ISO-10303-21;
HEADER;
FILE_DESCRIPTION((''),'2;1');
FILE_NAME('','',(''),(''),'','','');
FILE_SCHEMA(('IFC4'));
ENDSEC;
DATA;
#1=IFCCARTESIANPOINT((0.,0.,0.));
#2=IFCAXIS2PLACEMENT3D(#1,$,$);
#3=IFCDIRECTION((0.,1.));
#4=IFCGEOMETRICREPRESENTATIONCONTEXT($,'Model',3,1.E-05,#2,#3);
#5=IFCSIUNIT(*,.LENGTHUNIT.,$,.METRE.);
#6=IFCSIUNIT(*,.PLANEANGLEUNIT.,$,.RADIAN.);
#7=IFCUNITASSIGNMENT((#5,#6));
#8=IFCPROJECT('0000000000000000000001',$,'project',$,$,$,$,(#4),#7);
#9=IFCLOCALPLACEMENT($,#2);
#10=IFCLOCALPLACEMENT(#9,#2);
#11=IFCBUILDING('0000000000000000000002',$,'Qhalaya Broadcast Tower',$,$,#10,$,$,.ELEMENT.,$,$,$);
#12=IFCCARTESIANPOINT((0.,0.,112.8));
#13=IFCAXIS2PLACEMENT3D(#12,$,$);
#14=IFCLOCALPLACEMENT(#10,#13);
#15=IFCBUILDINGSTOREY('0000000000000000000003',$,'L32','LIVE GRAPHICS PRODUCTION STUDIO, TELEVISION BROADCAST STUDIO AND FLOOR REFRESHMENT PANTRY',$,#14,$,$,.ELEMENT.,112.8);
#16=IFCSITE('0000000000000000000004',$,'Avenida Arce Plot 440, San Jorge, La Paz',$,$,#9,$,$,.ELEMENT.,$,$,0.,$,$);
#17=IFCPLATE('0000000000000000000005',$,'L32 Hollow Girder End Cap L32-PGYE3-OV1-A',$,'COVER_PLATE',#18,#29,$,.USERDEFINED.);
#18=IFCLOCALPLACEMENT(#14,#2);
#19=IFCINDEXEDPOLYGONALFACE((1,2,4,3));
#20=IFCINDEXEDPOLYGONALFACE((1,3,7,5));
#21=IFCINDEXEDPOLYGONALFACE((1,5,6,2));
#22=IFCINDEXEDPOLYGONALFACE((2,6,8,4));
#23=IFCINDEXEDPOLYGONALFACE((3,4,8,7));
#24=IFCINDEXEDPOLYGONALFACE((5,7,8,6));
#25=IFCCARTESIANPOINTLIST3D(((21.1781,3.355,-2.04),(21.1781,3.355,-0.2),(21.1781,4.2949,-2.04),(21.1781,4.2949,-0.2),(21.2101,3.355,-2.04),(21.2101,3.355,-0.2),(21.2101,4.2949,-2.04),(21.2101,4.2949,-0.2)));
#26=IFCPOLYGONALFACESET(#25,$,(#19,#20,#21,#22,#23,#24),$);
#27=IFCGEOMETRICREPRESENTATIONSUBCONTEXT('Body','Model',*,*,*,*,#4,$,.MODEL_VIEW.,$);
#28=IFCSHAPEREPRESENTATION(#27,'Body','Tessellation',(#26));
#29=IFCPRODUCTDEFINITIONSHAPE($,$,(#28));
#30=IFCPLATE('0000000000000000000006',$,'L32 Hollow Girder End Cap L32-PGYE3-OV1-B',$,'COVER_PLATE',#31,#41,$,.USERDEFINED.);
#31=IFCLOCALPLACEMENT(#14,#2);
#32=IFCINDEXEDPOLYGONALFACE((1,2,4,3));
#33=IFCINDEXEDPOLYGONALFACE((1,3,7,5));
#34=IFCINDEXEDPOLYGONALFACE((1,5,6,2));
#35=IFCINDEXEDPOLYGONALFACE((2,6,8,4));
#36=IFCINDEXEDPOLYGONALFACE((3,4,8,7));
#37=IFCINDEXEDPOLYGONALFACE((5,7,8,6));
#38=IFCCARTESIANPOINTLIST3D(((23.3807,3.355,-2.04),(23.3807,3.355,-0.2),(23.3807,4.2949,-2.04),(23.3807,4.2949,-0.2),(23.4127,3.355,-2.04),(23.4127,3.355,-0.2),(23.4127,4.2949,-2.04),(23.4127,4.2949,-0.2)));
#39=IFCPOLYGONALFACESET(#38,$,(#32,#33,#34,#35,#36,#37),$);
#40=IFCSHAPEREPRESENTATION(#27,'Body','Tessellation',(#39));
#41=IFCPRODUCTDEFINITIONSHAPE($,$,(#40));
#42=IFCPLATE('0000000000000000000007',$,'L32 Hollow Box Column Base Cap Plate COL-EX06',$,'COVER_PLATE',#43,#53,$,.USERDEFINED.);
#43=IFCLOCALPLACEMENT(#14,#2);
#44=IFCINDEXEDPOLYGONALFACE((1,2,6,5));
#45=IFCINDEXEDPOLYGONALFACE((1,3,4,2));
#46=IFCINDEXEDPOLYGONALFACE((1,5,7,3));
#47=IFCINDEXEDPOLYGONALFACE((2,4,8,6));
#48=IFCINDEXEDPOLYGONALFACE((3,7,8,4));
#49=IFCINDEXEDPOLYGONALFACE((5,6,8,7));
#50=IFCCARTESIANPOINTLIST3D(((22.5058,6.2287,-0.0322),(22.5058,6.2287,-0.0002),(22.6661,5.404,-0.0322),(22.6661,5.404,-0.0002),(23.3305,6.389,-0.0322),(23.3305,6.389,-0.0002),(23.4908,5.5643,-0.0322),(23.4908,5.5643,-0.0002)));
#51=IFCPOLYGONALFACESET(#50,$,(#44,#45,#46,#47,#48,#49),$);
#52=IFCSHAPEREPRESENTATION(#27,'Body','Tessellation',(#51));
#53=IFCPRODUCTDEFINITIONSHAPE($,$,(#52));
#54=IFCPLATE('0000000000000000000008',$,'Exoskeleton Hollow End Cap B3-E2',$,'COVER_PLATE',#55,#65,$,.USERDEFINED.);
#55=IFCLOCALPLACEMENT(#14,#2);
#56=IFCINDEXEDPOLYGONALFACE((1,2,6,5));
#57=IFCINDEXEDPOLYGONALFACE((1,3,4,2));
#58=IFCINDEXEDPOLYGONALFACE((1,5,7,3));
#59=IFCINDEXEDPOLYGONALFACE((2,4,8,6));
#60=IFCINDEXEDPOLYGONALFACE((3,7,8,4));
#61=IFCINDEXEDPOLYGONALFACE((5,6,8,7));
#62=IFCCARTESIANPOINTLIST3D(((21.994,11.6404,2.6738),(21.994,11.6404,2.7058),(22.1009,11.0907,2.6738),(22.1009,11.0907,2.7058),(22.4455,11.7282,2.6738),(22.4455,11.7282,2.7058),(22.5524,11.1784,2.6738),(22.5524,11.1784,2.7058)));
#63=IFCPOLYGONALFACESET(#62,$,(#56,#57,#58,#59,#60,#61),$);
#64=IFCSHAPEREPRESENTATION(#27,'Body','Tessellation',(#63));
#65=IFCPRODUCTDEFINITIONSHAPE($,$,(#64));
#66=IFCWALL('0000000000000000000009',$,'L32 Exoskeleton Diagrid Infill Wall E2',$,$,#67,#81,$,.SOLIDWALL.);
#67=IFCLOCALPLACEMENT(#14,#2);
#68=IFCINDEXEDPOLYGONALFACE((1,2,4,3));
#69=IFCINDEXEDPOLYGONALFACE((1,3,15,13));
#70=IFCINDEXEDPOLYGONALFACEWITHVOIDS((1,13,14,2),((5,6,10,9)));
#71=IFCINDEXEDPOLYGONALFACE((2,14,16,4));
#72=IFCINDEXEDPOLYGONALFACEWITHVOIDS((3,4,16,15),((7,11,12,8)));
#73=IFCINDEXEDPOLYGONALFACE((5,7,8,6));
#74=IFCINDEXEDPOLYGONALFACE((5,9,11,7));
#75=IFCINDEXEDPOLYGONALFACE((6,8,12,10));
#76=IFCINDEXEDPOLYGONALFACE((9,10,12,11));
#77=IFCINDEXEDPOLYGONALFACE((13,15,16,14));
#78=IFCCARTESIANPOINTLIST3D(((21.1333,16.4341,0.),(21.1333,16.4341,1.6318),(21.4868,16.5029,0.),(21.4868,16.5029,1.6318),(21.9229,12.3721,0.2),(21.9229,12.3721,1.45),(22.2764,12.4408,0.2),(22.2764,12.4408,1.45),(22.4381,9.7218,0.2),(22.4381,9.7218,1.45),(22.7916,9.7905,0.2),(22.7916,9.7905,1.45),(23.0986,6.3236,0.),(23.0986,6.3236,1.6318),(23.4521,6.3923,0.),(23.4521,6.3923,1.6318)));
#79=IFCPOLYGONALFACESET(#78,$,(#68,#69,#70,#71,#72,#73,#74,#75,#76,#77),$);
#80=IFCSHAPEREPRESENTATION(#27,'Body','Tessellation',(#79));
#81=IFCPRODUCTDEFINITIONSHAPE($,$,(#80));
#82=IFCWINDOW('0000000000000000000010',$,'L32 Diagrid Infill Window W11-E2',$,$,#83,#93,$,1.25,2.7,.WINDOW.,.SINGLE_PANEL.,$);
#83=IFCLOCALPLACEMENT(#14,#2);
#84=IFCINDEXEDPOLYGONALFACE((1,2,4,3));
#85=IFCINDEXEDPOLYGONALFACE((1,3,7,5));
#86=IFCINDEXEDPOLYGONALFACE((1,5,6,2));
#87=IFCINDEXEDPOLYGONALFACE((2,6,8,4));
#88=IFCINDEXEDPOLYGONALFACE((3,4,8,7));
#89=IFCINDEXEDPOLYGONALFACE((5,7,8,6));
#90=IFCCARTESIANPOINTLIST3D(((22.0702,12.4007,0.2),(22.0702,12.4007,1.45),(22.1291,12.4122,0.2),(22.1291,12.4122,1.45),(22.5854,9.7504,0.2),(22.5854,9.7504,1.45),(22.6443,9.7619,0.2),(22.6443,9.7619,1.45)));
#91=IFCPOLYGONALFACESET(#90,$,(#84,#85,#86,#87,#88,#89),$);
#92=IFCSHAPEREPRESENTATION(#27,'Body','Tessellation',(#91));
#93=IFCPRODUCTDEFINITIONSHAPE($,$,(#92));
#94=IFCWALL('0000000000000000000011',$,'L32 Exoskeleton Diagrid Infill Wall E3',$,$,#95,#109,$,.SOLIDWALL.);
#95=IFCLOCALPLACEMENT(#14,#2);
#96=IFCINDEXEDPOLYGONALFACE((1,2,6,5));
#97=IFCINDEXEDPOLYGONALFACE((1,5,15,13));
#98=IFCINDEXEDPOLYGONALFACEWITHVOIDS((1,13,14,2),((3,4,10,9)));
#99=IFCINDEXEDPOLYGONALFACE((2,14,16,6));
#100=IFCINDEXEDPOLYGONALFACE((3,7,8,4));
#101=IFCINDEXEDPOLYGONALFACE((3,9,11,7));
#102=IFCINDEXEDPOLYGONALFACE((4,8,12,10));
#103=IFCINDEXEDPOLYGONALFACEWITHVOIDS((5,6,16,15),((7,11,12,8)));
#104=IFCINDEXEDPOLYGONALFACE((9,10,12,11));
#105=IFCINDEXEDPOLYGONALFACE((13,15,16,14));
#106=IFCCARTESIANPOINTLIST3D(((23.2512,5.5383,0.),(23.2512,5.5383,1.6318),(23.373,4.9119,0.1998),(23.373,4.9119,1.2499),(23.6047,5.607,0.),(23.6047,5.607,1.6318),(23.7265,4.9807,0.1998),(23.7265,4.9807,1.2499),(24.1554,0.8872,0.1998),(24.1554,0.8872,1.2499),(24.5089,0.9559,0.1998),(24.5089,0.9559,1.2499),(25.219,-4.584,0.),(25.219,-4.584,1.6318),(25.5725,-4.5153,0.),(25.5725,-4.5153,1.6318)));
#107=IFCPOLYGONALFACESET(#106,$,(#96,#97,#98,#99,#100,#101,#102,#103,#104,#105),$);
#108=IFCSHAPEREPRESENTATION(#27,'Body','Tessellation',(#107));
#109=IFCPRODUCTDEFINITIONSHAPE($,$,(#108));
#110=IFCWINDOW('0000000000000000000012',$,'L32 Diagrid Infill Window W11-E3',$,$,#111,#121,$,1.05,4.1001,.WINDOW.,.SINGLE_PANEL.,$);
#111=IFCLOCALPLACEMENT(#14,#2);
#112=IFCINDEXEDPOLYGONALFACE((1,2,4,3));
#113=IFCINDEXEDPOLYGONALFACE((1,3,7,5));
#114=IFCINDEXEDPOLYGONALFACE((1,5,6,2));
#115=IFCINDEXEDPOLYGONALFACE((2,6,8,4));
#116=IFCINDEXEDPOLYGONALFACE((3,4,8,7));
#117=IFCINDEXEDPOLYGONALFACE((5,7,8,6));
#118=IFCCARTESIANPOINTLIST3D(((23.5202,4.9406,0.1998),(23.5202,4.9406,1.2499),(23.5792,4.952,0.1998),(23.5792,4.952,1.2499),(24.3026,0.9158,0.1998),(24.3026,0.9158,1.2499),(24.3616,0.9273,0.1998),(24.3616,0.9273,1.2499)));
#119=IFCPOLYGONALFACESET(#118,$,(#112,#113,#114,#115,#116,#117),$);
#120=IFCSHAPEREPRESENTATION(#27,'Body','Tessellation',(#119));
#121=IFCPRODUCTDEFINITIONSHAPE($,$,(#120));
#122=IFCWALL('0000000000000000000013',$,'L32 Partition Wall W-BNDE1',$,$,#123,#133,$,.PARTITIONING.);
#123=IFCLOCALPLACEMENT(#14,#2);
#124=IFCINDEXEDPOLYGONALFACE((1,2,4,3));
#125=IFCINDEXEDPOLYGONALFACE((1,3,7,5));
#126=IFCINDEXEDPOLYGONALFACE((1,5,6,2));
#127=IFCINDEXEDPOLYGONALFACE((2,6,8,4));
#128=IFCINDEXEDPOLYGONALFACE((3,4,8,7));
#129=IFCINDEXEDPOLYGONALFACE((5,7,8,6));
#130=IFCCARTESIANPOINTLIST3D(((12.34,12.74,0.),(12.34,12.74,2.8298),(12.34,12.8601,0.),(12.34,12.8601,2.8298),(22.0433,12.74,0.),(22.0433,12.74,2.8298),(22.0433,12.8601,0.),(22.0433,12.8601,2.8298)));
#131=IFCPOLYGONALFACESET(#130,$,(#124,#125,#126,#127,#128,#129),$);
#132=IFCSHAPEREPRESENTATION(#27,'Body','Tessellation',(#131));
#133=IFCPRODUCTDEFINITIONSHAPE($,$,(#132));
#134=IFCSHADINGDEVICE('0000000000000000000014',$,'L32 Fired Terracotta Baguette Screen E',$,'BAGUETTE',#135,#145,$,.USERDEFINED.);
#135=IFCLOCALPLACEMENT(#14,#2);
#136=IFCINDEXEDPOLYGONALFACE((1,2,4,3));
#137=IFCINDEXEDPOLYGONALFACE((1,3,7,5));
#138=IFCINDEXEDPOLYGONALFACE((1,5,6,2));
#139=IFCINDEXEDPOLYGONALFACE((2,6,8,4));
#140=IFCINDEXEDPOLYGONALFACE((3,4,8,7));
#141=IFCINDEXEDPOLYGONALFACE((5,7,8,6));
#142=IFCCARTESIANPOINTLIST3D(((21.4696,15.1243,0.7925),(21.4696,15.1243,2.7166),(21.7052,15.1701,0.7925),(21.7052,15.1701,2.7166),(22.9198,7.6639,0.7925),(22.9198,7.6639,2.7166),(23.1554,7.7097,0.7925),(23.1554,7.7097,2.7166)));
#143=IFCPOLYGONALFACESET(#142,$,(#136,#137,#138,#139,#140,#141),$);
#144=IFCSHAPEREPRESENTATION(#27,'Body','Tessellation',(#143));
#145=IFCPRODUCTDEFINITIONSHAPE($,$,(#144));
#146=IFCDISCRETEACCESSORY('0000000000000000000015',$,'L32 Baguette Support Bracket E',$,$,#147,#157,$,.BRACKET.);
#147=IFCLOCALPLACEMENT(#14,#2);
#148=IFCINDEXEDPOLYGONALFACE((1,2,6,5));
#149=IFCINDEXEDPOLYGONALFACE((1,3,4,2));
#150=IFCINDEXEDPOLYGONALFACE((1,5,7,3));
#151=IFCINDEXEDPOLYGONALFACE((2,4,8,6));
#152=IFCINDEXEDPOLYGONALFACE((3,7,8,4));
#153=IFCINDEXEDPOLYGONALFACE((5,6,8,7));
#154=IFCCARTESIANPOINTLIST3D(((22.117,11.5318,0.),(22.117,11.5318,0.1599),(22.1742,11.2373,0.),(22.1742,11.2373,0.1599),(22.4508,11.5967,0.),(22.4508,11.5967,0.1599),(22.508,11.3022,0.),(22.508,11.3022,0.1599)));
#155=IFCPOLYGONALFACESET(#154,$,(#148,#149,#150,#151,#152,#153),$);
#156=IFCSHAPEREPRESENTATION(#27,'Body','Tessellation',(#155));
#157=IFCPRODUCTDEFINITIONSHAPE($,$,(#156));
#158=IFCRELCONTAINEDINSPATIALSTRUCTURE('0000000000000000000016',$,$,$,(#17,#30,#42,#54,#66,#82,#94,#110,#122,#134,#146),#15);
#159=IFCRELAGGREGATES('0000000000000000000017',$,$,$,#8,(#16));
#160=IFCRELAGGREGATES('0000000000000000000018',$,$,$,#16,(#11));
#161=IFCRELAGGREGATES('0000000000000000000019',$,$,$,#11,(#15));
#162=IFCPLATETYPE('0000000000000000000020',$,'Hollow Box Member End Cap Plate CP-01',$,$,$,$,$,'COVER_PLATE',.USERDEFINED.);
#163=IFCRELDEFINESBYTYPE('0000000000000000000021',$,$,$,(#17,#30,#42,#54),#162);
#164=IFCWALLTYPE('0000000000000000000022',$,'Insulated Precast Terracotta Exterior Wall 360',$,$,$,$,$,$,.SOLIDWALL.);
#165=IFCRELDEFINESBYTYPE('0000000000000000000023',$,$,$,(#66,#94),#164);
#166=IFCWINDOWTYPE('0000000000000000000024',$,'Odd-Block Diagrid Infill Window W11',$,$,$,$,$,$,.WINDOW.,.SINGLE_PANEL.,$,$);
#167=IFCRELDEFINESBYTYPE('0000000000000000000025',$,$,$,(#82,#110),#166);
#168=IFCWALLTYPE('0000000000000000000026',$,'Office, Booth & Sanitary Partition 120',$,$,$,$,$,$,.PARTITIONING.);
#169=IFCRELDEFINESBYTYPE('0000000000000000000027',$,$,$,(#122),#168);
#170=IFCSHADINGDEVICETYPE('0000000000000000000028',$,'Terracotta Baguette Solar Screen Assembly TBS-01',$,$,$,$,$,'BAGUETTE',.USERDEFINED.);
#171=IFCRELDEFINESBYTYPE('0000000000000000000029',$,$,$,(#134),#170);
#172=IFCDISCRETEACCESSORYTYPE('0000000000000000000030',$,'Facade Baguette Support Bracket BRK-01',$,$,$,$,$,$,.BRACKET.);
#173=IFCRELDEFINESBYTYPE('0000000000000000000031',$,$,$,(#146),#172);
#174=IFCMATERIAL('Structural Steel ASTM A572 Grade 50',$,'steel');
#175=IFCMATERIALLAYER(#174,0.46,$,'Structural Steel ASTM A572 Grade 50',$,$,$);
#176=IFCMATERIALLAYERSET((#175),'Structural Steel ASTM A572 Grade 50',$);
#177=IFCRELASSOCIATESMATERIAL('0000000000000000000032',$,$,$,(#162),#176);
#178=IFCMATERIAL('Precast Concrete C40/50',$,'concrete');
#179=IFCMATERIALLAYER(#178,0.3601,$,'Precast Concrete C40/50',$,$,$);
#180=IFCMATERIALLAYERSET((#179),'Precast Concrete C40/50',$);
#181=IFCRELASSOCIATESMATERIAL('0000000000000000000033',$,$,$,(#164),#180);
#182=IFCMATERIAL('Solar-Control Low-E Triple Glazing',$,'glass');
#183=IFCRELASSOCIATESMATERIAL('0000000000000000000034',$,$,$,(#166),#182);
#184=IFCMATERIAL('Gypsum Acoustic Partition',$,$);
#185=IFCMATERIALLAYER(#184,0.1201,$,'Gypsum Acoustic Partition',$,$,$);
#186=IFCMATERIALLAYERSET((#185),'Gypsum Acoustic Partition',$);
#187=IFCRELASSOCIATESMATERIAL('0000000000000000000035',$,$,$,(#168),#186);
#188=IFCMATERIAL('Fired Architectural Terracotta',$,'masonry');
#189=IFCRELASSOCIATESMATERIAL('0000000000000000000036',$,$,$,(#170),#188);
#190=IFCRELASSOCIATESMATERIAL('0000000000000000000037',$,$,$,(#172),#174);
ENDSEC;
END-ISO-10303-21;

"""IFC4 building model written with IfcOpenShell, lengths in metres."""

from ifc_helpers import new_model, si_unit, direction, frame, frame_2d, origin, origin_2d, place, context, subcontext, project, spatial, rectangle, extrude, material, layer, layer_set, type_object, element, fill, save


model = new_model("IFC4")

# Units and contexts
model_context = context("Model", 3, precision=1e-05, world=origin(), true_north=direction((0.0, 1.0)))
body_context = subcontext(model_context, "Body", "Model", "MODEL_VIEW")
ifc_project = project(units=[si_unit("LENGTHUNIT", "METRE"), si_unit("PLANEANGLEUNIT", "RADIAN")], contexts=[model_context])

# Site, building, storey
site_placement = place(None, origin())
site = spatial("IfcSite", under=ifc_project, at=site_placement, Name="Avenida Arce Plot 440, San Jorge, La Paz", CompositionType="ELEMENT", RefElevation=0.0)
building_placement = place(site_placement, origin())
building = spatial("IfcBuilding", under=site, at=building_placement, Name="Qhalaya Broadcast Tower", CompositionType="ELEMENT")
storey_placement = place(building_placement, frame((0.0, 0.0, 112.8)))
storey = spatial("IfcBuildingStorey", under=building, at=storey_placement, Name="L32", Description="LIVE GRAPHICS PRODUCTION STUDIO, TELEVISION BROADCAST STUDIO AND FLOOR REFRESHMENT PANTRY", CompositionType="ELEMENT", Elevation=112.8)

# Shared definitions
ifc_material_1 = material(Name="Structural Steel ASTM A572 Grade 50", Category="steel")

# Plates
ifc_layer_1 = layer(ifc_material_1, 0.46, Name="Structural Steel ASTM A572 Grade 50")
ifc_layer_set_1 = layer_set([ifc_layer_1], Name="Structural Steel ASTM A572 Grade 50")
plate_type_1 = type_object("IfcPlateType", Name="Hollow Box Member End Cap Plate CP-01", ElementType="COVER_PLATE", PredefinedType="USERDEFINED", material=ifc_layer_set_1)
for number, where, z_axis, x_axis, name in (
    (1, (21.1941, 3.825, -2.04), (0.0, 0.0, 1.0), (0.0, 1.0, 0.0), "L32 Hollow Girder End Cap L32-PGYE3-OV1-A"),
    (2, (23.3967, 3.825, -2.04), (0.0, 0.0, 1.0), (0.0, 1.0, 0.0), "L32 Hollow Girder End Cap L32-PGYE3-OV1-B"),
):
    element("IfcPlate", number, at=place(storey_placement, frame(where, z_axis=z_axis, x_axis=x_axis)), inside=storey, type_object=plate_type_1, Name=name, ObjectType="COVER_PLATE", PredefinedType="USERDEFINED", context=body_context, shape_type="SweptSolid", body=[
        extrude(rectangle(XDim=0.9399, YDim=0.032, at=origin_2d()), origin(), (0.0, 0.0, 1.0), 1.8401),
    ])
plate_1_placement = place(storey_placement, frame((22.9983, 5.8965, -0.0322), z_axis=(0.0, 0.0, 1.0), x_axis=(-0.190809, 0.981627, 0.0)))
element("IfcPlate", 3, at=plate_1_placement, inside=storey, type_object=plate_type_1, Name="L32 Hollow Box Column Base Cap Plate COL-EX06", ObjectType="COVER_PLATE", PredefinedType="USERDEFINED", context=body_context, shape_type="SweptSolid", body=[
    extrude(rectangle(XDim=0.8401, YDim=0.8401, at=origin_2d()), origin(), (0.0, 0.0, 1.0), 0.032),
])
plate_2_placement = place(storey_placement, frame((22.2732, 11.4094, 2.6738), z_axis=(0.0, 0.0, 1.0), x_axis=(-0.190809, 0.981627, 0.0)))
element("IfcPlate", 4, at=plate_2_placement, inside=storey, type_object=plate_type_1, Name="Exoskeleton Hollow End Cap B3-E2", ObjectType="COVER_PLATE", PredefinedType="USERDEFINED", context=body_context, shape_type="SweptSolid", body=[
    extrude(rectangle(XDim=0.5601, YDim=0.46, at=origin_2d()), origin(), (0.0, 0.0, 1.0), 0.032),
])

# Walls, openings, windows
ifc_material_2 = material(Name="Precast Concrete C40/50", Category="concrete")
ifc_layer_2 = layer(ifc_material_2, 0.3601, Name="Precast Concrete C40/50")
ifc_layer_set_2 = layer_set([ifc_layer_2], Name="Precast Concrete C40/50")
wall_type_1 = type_object("IfcWallType", Name="Insulated Precast Terracotta Exterior Wall 360", PredefinedType="SOLIDWALL", material=ifc_layer_set_2)
wall_1_placement = place(storey_placement, frame((21.3101, 16.4685, 0.0), z_axis=(0.0, 0.0, 1.0), x_axis=(0.190812, -0.981627, 0.0)))
wall_1 = element("IfcWall", 5, at=wall_1_placement, inside=storey, type_object=wall_type_1, Name="L32 Exoskeleton Diagrid Infill Wall E2", PredefinedType="SOLIDWALL", context=body_context, shape_type="SweptSolid", body=[
    extrude(rectangle(XDim=10.2998, YDim=0.3601, at=frame_2d((5.1499, 0.0))), origin(), (0.0, 0.0, 1.0), 1.6318),
])
opening_1_placement = place(wall_1_placement, frame((4.1379, 0.0, 0.2)))
opening_1 = element("IfcOpeningElement", 6, at=opening_1_placement, cuts=wall_1, PredefinedType="OPENING", context=body_context, shape_type="SweptSolid", body=[
    extrude(rectangle(XDim=2.7, YDim=1.25, at=frame_2d((1.3501, 0.625))), frame((0.0, 0.1921, 0.0), z_axis=(0.0, -1.0, 0.0), x_axis=(1.0, 0.0, 0.0)), (0.0, 0.0, 1.0), 0.384),
])
ifc_material_3 = material(Name="Solar-Control Low-E Triple Glazing", Category="glass")
window_type = type_object("IfcWindowType", Name="Odd-Block Diagrid Infill Window W11", PartitioningType="SINGLE_PANEL", PredefinedType="WINDOW", material=ifc_material_3)
window_1_placement = place(opening_1_placement, origin())
window_1 = element("IfcWindow", 7, at=window_1_placement, inside=storey, type_object=window_type, Name="L32 Diagrid Infill Window W11-E2", OverallHeight=1.25, OverallWidth=2.7, PartitioningType="SINGLE_PANEL", PredefinedType="WINDOW", context=body_context, shape_type="SweptSolid", body=[
    extrude(rectangle(XDim=2.7, YDim=1.25, at=frame_2d((1.3501, 0.625))), frame((0.0, 0.03, 0.0), z_axis=(0.0, -1.0, 0.0), x_axis=(1.0, 0.0, 0.0)), (0.0, 0.0, 1.0), 0.0601),
])
fill(opening_1, window_1)
wall_2_placement = place(storey_placement, frame((23.428, 5.5725, 0.0), z_axis=(0.0, 0.0, 1.0), x_axis=(0.190827, -0.981624, 0.0)))
wall_2 = element("IfcWall", 8, at=wall_2_placement, inside=storey, type_object=wall_type_1, Name="L32 Exoskeleton Diagrid Infill Wall E3", PredefinedType="SOLIDWALL", context=body_context, shape_type="SweptSolid", body=[
    extrude(rectangle(XDim=10.3118, YDim=0.3601, at=frame_2d((5.1558, 0.0))), origin(), (0.0, 0.0, 1.0), 1.6318),
])
opening_2_placement = place(wall_2_placement, frame((0.6379, 0.0, 0.2)))
opening_2 = element("IfcOpeningElement", 9, at=opening_2_placement, cuts=wall_2, PredefinedType="OPENING", context=body_context, shape_type="SweptSolid", body=[
    extrude(rectangle(XDim=4.1001, YDim=1.05, at=frame_2d((2.05, 0.5249))), frame((0.0, 0.1921, 0.0), z_axis=(0.0, -1.0, 0.0), x_axis=(1.0, 0.0, 0.0)), (0.0, 0.0, 1.0), 0.384),
])
window_2_placement = place(opening_2_placement, origin())
window_2 = element("IfcWindow", 10, at=window_2_placement, inside=storey, type_object=window_type, Name="L32 Diagrid Infill Window W11-E3", OverallHeight=1.05, OverallWidth=4.1001, PartitioningType="SINGLE_PANEL", PredefinedType="WINDOW", context=body_context, shape_type="SweptSolid", body=[
    extrude(rectangle(XDim=4.1001, YDim=1.05, at=frame_2d((2.05, 0.5249))), frame((0.0, 0.03, 0.0), z_axis=(0.0, -1.0, 0.0), x_axis=(1.0, 0.0, 0.0)), (0.0, 0.0, 1.0), 0.0601),
])
fill(opening_2, window_2)

# Wall
ifc_material_4 = material(Name="Gypsum Acoustic Partition")
ifc_layer_3 = layer(ifc_material_4, 0.1201, Name="Gypsum Acoustic Partition")
ifc_layer_set_3 = layer_set([ifc_layer_3], Name="Gypsum Acoustic Partition")
wall_type_2 = type_object("IfcWallType", Name="Office, Booth & Sanitary Partition 120", PredefinedType="PARTITIONING", material=ifc_layer_set_3)
wall_3_placement = place(storey_placement, frame((12.3401, 12.8, 0.0), z_axis=(0.0, 0.0, 1.0), x_axis=(1.0, 0.0, 0.0)))
element("IfcWall", 11, at=wall_3_placement, inside=storey, type_object=wall_type_2, Name="L32 Partition Wall W-BNDE1", PredefinedType="PARTITIONING", context=body_context, shape_type="SweptSolid", body=[
    extrude(rectangle(XDim=9.7034, YDim=0.1201, at=frame_2d((4.8516, 0.0))), origin(), (0.0, 0.0, 1.0), 2.8298),
])

# Shading device
ifc_material_5 = material(Name="Fired Architectural Terracotta", Category="masonry")
shading_device_type = type_object("IfcShadingDeviceType", Name="Terracotta Baguette Solar Screen Assembly TBS-01", ElementType="BAGUETTE", PredefinedType="USERDEFINED", material=ifc_material_5)
shading_device_placement = place(storey_placement, frame((22.3125, 11.417, 0.7925), z_axis=(0.0, 0.0, 1.0), x_axis=(-0.190809, 0.981627, 0.0)))
element("IfcShadingDevice", 12, at=shading_device_placement, inside=storey, type_object=shading_device_type, Name="L32 Fired Terracotta Baguette Screen E", ObjectType="BAGUETTE", PredefinedType="USERDEFINED", context=body_context, shape_type="SweptSolid", body=[
    extrude(rectangle(XDim=7.6001, YDim=0.24, at=origin_2d()), origin(), (0.0, 0.0, 1.0), 1.9241),
])

# Discrete accessory
discrete_accessory_type = type_object("IfcDiscreteAccessoryType", Name="Facade Baguette Support Bracket BRK-01", PredefinedType="BRACKET", material=ifc_material_1)
discrete_accessory_placement = place(storey_placement, frame((22.3125, 11.417, 0.0), z_axis=(0.0, 0.0, 1.0), x_axis=(-0.190809, 0.981627, 0.0)))
element("IfcDiscreteAccessory", 13, at=discrete_accessory_placement, inside=storey, type_object=discrete_accessory_type, Name="L32 Baguette Support Bracket E", PredefinedType="BRACKET", context=body_context, shape_type="SweptSolid", body=[
    extrude(rectangle(XDim=0.3, YDim=0.3401, at=origin_2d()), origin(), (0.0, 0.0, 1.0), 0.1599),
])

save(model, "model.ifc")
